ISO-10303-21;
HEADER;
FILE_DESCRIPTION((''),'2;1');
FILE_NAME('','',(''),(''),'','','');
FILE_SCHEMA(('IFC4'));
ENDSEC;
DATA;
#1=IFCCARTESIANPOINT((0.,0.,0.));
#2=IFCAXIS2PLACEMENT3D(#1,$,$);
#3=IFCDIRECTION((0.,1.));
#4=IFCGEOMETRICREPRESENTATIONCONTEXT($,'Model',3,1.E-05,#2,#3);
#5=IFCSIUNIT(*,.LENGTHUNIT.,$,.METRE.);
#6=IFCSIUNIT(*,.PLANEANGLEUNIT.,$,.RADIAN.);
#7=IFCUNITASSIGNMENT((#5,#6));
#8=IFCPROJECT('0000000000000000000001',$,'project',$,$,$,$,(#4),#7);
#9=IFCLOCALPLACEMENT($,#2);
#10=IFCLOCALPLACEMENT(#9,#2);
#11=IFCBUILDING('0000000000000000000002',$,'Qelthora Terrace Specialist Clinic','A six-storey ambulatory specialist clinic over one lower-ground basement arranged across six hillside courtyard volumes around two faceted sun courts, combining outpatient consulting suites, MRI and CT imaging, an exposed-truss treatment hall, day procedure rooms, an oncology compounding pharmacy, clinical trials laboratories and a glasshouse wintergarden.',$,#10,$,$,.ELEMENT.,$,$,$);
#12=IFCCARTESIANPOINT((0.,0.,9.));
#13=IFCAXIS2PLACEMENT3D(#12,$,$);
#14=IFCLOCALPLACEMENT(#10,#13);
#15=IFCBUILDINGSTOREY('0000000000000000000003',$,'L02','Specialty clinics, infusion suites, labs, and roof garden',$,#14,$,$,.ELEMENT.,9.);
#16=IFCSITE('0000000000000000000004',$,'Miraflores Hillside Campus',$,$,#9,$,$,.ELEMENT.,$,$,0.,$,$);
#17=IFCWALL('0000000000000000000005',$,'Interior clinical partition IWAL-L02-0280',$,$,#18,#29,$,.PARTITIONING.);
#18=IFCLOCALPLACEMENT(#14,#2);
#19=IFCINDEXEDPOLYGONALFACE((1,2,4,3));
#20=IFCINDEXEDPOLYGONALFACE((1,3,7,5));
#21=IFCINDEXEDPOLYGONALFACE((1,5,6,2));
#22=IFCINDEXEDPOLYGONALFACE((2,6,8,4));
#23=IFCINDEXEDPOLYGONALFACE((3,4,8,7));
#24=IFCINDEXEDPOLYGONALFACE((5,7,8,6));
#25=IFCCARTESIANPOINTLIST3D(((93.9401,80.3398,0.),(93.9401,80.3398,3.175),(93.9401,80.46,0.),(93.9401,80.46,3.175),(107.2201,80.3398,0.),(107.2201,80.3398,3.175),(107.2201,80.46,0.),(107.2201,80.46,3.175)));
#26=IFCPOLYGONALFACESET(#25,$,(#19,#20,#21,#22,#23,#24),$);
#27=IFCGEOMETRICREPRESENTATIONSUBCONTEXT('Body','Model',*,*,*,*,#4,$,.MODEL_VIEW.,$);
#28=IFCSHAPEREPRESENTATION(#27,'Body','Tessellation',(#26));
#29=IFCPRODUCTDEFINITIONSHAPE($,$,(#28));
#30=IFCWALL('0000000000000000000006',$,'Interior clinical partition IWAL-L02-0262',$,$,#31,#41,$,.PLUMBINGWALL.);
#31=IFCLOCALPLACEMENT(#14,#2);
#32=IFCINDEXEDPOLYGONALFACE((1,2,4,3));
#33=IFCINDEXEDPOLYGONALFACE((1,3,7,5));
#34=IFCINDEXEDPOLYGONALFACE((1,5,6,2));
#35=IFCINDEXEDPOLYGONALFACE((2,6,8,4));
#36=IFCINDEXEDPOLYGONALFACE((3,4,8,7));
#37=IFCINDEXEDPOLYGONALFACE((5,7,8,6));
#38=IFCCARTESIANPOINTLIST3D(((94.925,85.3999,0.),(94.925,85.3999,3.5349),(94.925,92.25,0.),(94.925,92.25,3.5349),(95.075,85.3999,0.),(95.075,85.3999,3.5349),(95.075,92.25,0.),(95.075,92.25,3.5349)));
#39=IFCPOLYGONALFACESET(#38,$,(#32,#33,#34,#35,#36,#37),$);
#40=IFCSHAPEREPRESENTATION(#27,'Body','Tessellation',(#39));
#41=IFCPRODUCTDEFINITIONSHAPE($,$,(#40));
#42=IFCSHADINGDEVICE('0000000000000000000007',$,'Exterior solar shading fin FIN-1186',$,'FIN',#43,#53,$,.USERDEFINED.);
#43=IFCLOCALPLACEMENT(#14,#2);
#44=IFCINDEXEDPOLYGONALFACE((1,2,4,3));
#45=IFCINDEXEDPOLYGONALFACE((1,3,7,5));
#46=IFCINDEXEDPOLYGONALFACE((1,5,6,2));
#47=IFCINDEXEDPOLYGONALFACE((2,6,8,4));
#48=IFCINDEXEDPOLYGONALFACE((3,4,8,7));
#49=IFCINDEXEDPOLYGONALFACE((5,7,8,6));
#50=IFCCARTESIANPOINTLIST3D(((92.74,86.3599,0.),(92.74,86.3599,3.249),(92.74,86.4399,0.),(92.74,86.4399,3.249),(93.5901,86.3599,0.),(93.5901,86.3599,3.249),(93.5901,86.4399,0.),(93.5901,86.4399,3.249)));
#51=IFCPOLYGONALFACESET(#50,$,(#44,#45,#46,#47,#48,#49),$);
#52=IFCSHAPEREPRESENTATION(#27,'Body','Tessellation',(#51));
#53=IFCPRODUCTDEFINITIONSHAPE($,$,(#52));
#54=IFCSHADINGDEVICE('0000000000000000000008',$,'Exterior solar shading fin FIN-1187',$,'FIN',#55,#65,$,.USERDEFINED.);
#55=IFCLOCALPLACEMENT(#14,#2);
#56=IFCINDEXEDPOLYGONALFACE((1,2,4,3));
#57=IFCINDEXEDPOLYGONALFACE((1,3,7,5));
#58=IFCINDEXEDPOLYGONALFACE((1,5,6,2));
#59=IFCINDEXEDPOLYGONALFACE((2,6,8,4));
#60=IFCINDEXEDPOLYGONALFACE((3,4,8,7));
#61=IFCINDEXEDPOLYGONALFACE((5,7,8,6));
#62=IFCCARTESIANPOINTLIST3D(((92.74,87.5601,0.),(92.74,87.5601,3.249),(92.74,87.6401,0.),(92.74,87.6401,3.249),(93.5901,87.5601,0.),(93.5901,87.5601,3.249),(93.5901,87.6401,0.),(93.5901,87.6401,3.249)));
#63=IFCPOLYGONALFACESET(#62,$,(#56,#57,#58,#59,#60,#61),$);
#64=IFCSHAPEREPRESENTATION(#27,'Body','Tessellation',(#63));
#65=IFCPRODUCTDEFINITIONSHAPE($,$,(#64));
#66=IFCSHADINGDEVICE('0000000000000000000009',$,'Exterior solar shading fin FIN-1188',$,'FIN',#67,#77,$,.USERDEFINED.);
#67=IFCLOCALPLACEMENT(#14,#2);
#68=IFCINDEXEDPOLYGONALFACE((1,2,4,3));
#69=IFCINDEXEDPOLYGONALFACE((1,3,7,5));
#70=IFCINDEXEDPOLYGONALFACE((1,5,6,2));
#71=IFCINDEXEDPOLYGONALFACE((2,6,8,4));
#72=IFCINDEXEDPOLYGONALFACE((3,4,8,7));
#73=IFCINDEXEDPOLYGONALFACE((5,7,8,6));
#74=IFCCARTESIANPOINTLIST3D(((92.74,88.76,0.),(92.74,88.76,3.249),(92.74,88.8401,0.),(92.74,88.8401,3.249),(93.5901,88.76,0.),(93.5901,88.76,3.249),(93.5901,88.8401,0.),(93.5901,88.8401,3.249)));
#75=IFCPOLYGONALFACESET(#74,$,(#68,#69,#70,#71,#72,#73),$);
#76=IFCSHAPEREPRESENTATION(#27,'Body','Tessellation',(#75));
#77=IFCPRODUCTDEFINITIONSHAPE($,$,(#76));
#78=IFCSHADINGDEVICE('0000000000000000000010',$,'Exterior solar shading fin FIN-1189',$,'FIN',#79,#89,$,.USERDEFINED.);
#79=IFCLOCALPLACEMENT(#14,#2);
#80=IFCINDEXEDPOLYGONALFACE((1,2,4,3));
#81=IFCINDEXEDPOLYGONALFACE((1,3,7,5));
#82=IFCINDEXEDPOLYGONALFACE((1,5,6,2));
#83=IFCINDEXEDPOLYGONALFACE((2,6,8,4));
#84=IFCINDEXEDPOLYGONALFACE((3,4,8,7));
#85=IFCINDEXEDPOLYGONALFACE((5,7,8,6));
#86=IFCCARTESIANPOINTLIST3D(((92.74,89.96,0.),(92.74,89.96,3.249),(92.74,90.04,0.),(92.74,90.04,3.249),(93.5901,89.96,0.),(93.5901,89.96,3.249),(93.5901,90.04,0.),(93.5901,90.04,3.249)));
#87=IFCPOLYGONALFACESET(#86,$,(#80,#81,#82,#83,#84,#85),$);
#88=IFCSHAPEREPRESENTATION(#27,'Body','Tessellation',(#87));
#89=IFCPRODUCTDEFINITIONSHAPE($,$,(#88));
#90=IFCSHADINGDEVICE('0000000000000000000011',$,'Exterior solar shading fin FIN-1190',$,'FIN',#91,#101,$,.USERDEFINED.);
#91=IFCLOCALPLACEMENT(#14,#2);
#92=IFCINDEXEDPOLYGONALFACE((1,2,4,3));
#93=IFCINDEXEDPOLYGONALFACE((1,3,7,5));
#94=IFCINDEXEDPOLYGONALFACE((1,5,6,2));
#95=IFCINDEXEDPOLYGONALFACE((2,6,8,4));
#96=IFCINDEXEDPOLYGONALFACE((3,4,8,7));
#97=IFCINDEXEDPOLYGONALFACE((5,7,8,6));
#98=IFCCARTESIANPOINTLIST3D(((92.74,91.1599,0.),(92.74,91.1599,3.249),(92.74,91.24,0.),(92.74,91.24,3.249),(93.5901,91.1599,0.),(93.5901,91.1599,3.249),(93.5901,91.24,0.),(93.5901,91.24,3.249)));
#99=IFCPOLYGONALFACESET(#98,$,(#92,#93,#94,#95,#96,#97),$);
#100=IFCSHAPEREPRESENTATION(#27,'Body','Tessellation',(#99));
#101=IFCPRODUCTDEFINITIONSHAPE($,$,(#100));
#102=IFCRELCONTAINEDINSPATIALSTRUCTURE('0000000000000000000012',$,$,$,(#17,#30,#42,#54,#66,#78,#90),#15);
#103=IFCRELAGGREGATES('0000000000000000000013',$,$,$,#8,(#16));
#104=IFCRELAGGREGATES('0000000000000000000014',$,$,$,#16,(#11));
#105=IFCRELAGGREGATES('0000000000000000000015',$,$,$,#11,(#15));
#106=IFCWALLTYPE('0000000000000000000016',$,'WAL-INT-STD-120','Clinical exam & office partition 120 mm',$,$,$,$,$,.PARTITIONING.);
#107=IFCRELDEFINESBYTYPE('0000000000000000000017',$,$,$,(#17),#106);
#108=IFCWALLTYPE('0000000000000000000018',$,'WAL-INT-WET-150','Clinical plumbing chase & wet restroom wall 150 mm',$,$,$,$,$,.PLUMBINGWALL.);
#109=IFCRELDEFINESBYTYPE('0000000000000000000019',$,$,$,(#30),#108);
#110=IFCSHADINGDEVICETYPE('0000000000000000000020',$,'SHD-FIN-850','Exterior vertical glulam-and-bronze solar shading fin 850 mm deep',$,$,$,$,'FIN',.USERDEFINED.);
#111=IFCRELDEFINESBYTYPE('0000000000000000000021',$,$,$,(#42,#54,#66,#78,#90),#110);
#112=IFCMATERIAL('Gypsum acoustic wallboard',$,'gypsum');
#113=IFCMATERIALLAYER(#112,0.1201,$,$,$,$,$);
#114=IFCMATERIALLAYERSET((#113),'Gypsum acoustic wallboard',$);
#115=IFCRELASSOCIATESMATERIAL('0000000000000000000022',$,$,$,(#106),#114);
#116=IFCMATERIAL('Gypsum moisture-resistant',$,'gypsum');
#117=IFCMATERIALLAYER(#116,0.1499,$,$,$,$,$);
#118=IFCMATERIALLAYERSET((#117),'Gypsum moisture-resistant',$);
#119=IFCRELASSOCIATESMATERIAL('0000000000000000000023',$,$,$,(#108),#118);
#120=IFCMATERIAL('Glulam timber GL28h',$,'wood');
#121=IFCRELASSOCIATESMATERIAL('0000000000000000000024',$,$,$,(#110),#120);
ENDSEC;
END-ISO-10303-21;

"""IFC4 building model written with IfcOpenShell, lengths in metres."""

from ifc_helpers import new_model, si_unit, direction, frame, frame_2d, origin, origin_2d, place, context, subcontext, project, spatial, rectangle, extrude, material, layer, layer_set, type_object, element, save


model = new_model("IFC4")

# Units and contexts
model_context = context("Model", 3, precision=1e-05, world=origin(), true_north=direction((0.0, 1.0)))
body_context = subcontext(model_context, "Body", "Model", "MODEL_VIEW")
ifc_project = project(units=[si_unit("LENGTHUNIT", "METRE"), si_unit("PLANEANGLEUNIT", "RADIAN")], contexts=[model_context])

# Site, building, storey
site_placement = place(None, origin())
site = spatial("IfcSite", under=ifc_project, at=site_placement, Name="Miraflores Hillside Campus", CompositionType="ELEMENT", RefElevation=0.0)
building_placement = place(site_placement, origin())
building = spatial("IfcBuilding", under=site, at=building_placement, Name="Qelthora Terrace Specialist Clinic", Description="A six-storey ambulatory specialist clinic over one lower-ground basement arranged across six hillside courtyard volumes around two faceted sun courts, combining outpatient consulting suites, MRI and CT imaging, an exposed-truss treatment hall, day procedure rooms, an oncology compounding pharmacy, clinical trials laboratories and a glasshouse wintergarden.", CompositionType="ELEMENT")
storey_placement = place(building_placement, frame((0.0, 0.0, 9.0)))
storey = spatial("IfcBuildingStorey", under=building, at=storey_placement, Name="L02", Description="Specialty clinics, infusion suites, labs, and roof garden", CompositionType="ELEMENT", Elevation=9.0)

# Walls
ifc_material_1 = material(Name="Gypsum acoustic wallboard", Category="gypsum")
ifc_layer_1 = layer(ifc_material_1, 0.1201)
ifc_layer_set_1 = layer_set([ifc_layer_1], Name="Gypsum acoustic wallboard")
wall_type_1 = type_object("IfcWallType", Name="WAL-INT-STD-120", Description="Clinical exam & office partition 120 mm", PredefinedType="PARTITIONING", material=ifc_layer_set_1)
wall_1_placement = place(storey_placement, frame((93.9399, 80.3999, 0.0), z_axis=(0.0, 0.0, 1.0), x_axis=(1.0, 0.0, 0.0)))
element("IfcWall", 1, at=wall_1_placement, inside=storey, type_object=wall_type_1, Name="Interior clinical partition IWAL-L02-0280", PredefinedType="PARTITIONING", context=body_context, shape_type="SweptSolid", body=[
    extrude(rectangle(XDim=13.28, YDim=0.1201, at=frame_2d((6.6401, 0.0))), origin(), (0.0, 0.0, 1.0), 3.175),
])
ifc_material_2 = material(Name="Gypsum moisture-resistant", Category="gypsum")
ifc_layer_2 = layer(ifc_material_2, 0.1499)
ifc_layer_set_2 = layer_set([ifc_layer_2], Name="Gypsum moisture-resistant")
wall_type_2 = type_object("IfcWallType", Name="WAL-INT-WET-150", Description="Clinical plumbing chase & wet restroom wall 150 mm", PredefinedType="PLUMBINGWALL", material=ifc_layer_set_2)
wall_2_placement = place(storey_placement, frame((95.0, 85.3999, 0.0), z_axis=(0.0, 0.0, 1.0), x_axis=(0.0, 1.0, 0.0)))
element("IfcWall", 2, at=wall_2_placement, inside=storey, type_object=wall_type_2, Name="Interior clinical partition IWAL-L02-0262", PredefinedType="PLUMBINGWALL", context=body_context, shape_type="SweptSolid", body=[
    extrude(rectangle(XDim=6.8501, YDim=0.1499, at=frame_2d((3.425, 0.0))), origin(), (0.0, 0.0, 1.0), 3.5349),
])

# Shading devices
ifc_material_3 = material(Name="Glulam timber GL28h", Category="wood")
shading_device_type = type_object("IfcShadingDeviceType", Name="SHD-FIN-850", Description="Exterior vertical glulam-and-bronze solar shading fin 850 mm deep", ElementType="FIN", PredefinedType="USERDEFINED", material=ifc_material_3)
for number, where, z_axis, x_axis, name in (
    (3, (93.165, 86.3999, 0.0), (0.0, 0.0, 1.0), (-1.0, 0.0, 0.0), "Exterior solar shading fin FIN-1186"),
    (4, (93.165, 87.6001, 0.0), (0.0, 0.0, 1.0), (-1.0, 0.0, 0.0), "Exterior solar shading fin FIN-1187"),
    (5, (93.165, 88.8, 0.0), (0.0, 0.0, 1.0), (-1.0, 0.0, 0.0), "Exterior solar shading fin FIN-1188"),
    (6, (93.165, 90.0, 0.0), (0.0, 0.0, 1.0), (-1.0, 0.0, 0.0), "Exterior solar shading fin FIN-1189"),
    (7, (93.165, 91.2, 0.0), (0.0, 0.0, 1.0), (-1.0, 0.0, 0.0), "Exterior solar shading fin FIN-1190"),
):
    element("IfcShadingDevice", number, at=place(storey_placement, frame(where, z_axis=z_axis, x_axis=x_axis)), inside=storey, type_object=shading_device_type, Name=name, ObjectType="FIN", PredefinedType="USERDEFINED", context=body_context, shape_type="SweptSolid", body=[
        extrude(rectangle(XDim=0.8501, YDim=0.0801, at=origin_2d()), origin(), (0.0, 0.0, 1.0), 3.249),
    ])

save(model, "model.ifc")
